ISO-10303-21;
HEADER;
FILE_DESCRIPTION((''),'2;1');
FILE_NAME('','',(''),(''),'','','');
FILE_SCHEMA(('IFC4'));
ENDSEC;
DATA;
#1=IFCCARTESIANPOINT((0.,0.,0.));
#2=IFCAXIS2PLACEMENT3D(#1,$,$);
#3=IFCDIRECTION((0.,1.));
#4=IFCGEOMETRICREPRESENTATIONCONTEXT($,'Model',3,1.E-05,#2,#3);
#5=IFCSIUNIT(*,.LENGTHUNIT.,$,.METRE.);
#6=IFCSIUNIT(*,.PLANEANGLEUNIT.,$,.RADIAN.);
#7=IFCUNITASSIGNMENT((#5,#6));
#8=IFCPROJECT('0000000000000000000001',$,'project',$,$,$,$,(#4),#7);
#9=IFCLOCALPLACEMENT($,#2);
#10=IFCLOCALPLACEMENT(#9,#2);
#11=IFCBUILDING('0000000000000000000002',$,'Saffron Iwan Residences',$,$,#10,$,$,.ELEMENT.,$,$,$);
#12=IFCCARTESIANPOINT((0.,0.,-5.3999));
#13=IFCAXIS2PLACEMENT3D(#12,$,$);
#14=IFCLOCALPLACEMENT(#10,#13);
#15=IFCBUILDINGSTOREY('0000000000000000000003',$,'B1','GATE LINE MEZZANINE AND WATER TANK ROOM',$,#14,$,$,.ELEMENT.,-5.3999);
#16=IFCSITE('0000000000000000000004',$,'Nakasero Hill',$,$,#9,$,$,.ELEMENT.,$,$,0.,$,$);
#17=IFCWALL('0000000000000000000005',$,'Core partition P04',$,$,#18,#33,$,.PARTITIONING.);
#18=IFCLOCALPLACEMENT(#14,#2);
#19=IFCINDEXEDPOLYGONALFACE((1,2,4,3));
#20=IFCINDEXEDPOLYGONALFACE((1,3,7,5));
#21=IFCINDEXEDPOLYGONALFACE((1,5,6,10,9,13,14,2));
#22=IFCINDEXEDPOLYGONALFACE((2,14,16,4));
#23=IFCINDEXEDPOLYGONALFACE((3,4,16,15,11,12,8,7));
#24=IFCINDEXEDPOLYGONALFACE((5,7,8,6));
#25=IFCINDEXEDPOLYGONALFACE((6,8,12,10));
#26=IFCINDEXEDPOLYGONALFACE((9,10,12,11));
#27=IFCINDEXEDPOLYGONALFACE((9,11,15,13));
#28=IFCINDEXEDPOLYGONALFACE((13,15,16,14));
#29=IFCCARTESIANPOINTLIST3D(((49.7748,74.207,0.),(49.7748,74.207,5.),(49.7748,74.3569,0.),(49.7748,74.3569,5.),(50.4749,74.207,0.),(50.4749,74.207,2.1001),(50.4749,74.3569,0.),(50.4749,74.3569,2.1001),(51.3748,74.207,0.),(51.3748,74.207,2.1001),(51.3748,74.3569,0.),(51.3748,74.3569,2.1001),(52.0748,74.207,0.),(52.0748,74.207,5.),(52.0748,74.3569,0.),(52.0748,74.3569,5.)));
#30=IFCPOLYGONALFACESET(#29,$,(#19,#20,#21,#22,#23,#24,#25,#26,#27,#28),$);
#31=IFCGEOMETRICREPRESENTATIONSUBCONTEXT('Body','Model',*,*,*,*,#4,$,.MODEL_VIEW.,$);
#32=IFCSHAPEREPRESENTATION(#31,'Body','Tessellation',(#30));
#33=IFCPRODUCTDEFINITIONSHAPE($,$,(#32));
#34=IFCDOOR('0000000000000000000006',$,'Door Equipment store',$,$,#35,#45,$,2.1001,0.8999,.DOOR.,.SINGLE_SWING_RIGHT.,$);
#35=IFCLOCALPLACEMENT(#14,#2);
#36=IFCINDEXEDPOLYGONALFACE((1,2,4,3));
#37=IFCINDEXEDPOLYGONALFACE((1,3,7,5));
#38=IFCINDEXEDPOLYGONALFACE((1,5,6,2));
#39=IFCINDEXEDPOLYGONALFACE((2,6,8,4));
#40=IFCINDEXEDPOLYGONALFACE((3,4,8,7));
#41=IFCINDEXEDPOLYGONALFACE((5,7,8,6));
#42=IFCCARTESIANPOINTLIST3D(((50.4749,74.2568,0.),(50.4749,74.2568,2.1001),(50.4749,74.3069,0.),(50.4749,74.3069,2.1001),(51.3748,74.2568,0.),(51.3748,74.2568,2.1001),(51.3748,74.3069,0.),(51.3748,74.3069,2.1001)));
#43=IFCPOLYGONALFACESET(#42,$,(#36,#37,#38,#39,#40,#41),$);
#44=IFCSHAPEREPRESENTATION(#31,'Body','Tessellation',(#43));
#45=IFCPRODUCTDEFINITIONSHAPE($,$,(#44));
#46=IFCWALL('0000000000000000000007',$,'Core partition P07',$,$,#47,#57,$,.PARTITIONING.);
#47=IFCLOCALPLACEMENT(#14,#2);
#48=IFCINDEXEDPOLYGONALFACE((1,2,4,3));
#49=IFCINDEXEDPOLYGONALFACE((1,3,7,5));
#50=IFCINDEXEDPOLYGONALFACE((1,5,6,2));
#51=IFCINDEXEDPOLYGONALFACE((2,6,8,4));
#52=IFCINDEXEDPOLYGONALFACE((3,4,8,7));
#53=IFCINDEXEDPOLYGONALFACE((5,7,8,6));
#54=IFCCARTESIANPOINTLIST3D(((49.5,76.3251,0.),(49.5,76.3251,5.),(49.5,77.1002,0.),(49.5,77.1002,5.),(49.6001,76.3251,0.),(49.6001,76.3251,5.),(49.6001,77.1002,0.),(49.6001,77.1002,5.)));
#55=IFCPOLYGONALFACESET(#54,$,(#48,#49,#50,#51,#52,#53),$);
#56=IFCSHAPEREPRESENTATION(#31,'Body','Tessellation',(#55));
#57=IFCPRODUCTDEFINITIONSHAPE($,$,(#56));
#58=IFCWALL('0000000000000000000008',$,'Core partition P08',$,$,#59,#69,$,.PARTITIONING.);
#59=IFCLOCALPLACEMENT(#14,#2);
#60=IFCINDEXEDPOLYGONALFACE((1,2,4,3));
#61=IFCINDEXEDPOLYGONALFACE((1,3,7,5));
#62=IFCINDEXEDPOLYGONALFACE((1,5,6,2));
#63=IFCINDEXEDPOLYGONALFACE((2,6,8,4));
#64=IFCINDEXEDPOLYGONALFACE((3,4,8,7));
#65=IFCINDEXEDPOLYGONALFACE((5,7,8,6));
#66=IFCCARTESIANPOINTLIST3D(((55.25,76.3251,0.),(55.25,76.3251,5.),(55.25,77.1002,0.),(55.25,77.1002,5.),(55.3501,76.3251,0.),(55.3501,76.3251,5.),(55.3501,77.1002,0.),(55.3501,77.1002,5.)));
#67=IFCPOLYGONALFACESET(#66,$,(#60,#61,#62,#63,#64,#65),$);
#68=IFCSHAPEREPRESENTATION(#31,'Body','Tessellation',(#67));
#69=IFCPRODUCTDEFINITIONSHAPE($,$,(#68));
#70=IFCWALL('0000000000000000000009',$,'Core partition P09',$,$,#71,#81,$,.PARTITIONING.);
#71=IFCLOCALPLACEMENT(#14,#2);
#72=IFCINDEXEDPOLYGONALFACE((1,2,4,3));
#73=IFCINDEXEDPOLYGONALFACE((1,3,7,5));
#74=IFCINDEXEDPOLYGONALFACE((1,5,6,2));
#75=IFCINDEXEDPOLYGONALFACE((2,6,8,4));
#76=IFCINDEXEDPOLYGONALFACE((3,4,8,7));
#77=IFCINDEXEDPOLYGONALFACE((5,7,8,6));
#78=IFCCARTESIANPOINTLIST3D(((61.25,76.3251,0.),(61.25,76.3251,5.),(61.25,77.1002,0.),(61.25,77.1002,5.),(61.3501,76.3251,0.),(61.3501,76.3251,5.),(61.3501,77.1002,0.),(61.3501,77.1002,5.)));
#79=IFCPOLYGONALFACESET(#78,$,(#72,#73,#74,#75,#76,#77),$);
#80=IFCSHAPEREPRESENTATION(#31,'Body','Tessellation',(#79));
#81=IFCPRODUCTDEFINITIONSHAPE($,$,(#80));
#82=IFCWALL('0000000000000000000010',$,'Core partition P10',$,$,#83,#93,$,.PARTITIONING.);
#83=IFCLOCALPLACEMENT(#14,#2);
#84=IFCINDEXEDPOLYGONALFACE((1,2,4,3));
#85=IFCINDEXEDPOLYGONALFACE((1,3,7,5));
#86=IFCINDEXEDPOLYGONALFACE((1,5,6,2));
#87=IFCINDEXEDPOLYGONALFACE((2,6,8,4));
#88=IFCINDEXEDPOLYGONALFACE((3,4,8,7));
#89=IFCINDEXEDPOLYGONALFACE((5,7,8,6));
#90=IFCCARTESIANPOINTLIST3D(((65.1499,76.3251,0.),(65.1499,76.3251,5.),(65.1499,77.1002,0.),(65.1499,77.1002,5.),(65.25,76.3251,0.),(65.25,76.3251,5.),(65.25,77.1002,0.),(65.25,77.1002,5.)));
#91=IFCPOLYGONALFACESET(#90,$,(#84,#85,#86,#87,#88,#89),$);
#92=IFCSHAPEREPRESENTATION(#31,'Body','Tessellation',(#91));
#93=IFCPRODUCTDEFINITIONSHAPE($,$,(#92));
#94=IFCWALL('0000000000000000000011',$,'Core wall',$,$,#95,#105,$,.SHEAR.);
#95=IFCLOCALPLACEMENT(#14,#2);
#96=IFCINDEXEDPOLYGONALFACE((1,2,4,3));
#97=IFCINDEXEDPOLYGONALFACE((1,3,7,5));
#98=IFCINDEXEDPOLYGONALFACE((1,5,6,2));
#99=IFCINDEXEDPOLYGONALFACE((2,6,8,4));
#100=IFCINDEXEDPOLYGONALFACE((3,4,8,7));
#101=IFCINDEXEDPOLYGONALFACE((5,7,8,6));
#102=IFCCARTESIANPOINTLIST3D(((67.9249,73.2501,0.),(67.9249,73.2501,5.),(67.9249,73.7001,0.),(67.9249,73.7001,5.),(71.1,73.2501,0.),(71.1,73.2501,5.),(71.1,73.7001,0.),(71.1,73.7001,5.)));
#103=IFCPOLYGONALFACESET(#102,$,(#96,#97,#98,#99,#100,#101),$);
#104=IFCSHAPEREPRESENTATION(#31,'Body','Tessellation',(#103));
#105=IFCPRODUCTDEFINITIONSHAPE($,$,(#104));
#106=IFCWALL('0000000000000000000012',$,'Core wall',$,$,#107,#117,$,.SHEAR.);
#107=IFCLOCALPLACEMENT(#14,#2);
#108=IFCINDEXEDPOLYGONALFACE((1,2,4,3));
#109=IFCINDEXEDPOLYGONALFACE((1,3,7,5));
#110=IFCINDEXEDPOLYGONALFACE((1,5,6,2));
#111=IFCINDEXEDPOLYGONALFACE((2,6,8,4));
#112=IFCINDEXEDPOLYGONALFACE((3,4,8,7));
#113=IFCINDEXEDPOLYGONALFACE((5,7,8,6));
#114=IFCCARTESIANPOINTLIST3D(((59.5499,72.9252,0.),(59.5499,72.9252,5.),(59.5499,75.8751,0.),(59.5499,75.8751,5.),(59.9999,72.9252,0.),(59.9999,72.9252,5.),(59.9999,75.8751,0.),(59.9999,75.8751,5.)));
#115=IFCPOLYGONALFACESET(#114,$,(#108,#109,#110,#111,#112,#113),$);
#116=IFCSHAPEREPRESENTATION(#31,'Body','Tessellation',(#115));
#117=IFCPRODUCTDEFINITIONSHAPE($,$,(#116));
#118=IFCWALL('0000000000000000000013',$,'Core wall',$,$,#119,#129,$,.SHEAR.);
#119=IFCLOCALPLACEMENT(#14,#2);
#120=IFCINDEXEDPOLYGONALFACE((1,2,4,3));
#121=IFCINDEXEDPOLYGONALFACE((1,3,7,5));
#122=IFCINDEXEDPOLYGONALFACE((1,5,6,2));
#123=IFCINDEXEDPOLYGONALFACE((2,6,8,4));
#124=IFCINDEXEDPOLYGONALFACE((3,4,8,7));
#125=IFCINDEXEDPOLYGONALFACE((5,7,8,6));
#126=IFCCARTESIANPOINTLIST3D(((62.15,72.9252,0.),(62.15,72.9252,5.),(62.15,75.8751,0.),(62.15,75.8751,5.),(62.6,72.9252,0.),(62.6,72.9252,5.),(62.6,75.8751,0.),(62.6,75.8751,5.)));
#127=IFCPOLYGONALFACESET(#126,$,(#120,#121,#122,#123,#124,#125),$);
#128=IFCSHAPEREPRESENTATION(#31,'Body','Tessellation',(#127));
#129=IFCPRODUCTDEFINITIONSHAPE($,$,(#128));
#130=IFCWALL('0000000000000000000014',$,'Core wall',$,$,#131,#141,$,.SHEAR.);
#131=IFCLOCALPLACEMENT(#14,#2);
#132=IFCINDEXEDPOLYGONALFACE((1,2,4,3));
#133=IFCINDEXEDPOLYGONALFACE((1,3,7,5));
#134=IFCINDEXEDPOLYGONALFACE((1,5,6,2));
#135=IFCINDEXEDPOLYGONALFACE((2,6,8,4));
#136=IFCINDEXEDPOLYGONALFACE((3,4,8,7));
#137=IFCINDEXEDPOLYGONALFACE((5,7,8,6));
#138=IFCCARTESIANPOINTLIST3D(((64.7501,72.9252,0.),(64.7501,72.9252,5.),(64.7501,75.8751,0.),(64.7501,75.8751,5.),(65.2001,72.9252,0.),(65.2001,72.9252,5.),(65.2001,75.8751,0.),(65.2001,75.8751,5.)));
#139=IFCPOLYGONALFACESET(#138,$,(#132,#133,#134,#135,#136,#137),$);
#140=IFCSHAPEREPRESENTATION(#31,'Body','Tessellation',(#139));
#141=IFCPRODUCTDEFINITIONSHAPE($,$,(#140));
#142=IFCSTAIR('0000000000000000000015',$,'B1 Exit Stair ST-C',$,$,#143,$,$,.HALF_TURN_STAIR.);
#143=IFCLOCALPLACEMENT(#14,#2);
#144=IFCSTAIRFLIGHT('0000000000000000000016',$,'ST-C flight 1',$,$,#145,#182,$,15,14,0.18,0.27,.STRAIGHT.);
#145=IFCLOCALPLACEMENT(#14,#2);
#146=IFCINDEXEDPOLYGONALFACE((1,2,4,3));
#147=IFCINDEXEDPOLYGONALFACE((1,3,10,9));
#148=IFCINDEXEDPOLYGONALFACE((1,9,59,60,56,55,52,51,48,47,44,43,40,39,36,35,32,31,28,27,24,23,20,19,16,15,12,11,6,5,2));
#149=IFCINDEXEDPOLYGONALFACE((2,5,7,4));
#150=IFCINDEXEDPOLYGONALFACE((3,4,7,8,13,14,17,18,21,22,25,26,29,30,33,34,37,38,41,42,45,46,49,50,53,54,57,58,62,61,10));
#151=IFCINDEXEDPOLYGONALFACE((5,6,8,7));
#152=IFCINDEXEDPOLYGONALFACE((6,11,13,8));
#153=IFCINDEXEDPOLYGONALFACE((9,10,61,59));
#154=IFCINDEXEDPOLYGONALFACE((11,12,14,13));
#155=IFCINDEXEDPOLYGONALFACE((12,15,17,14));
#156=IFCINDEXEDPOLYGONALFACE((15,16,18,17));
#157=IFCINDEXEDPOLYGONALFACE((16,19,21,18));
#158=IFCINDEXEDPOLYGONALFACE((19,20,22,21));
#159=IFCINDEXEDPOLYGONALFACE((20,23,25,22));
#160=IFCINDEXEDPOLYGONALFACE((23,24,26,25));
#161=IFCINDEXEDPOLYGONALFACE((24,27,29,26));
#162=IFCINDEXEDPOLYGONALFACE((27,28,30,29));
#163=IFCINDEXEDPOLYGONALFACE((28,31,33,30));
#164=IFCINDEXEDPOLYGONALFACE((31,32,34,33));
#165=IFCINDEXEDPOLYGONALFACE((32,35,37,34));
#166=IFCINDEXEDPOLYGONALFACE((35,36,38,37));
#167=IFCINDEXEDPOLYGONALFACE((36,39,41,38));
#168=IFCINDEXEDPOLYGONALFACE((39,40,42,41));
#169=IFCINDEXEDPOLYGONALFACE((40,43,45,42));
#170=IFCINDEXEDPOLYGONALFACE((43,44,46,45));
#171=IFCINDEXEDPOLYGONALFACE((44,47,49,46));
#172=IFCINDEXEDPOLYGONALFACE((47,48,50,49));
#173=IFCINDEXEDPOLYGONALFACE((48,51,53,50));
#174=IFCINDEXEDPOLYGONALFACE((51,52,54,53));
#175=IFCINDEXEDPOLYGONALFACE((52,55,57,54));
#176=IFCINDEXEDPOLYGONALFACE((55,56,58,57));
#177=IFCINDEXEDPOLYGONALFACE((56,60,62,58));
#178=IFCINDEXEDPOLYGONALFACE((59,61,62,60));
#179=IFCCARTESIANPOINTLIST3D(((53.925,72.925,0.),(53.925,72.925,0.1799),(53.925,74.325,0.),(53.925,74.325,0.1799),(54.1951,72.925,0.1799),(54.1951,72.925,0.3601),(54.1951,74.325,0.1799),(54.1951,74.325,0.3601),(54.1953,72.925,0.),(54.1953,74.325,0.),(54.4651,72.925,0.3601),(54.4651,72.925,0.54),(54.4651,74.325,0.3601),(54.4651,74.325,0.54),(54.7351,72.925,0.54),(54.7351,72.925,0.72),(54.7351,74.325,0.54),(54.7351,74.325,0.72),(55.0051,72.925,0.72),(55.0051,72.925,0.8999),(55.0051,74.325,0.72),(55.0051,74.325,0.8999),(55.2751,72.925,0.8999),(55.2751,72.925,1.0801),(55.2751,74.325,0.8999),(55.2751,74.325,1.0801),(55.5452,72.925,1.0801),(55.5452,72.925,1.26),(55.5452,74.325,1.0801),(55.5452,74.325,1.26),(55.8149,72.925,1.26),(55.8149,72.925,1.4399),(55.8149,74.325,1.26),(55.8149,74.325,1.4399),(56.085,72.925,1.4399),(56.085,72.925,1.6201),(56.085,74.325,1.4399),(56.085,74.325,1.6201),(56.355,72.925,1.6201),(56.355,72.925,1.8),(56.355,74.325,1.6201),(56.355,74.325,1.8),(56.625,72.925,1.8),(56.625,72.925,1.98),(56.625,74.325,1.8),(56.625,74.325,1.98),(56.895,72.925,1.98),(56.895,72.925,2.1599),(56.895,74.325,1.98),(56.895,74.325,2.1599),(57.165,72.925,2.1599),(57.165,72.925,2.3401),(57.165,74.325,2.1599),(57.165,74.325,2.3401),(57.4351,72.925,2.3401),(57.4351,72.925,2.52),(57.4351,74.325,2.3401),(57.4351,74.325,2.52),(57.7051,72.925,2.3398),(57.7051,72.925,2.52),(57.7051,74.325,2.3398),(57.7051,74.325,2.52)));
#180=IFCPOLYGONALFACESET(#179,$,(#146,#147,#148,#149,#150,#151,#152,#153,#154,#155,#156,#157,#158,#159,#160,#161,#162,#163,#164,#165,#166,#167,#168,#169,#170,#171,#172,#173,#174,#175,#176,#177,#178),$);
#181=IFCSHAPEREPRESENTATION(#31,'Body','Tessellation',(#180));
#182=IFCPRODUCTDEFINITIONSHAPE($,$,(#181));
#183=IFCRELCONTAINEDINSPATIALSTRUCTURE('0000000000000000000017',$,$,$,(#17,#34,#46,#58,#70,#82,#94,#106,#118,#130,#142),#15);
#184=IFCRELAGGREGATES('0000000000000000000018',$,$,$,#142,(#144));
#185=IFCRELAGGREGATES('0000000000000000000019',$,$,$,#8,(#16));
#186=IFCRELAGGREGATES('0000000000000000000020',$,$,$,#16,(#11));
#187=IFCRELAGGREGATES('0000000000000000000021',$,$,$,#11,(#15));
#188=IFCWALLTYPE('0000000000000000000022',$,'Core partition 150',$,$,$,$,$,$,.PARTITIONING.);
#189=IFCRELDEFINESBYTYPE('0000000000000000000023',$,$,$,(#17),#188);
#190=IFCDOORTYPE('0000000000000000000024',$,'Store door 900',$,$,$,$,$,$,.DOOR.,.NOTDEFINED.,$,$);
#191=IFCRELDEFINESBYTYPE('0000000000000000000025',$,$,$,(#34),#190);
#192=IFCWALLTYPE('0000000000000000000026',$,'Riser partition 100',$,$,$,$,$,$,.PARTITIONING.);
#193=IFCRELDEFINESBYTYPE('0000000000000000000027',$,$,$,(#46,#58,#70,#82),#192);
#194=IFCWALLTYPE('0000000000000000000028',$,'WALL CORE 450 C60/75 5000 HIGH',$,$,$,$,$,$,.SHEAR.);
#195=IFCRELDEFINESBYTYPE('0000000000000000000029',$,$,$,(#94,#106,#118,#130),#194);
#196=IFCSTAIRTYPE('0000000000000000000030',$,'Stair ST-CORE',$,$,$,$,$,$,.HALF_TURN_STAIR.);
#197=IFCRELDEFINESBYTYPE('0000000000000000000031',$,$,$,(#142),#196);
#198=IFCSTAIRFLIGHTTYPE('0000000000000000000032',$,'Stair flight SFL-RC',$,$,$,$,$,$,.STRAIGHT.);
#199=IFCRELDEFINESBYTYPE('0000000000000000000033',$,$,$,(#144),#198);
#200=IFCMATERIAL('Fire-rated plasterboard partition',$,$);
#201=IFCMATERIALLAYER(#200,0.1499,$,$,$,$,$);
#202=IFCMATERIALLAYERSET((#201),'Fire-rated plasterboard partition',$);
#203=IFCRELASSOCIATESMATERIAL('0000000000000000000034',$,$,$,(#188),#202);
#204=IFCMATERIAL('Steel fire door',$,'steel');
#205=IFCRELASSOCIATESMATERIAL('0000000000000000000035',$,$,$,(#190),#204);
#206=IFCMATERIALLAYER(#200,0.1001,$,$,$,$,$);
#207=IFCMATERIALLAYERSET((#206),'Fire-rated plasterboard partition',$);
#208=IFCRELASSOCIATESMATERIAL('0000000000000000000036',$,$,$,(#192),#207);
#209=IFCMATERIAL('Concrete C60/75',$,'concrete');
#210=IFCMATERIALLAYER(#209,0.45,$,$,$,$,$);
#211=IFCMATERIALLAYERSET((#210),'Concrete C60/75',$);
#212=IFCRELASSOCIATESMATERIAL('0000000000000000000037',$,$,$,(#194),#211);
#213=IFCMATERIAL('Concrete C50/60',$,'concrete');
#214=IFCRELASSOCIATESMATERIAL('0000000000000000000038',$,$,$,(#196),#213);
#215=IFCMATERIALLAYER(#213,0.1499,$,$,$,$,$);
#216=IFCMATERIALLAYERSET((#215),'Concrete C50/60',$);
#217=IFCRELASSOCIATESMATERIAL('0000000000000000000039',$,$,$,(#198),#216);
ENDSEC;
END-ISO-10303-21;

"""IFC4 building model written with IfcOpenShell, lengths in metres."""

from ifc_helpers import new_model, si_unit, direction, frame, frame_2d, origin, place, context, subcontext, project, spatial, polyline, rectangle, outline, extrude, material, layer, layer_set, type_object, element, fill, aggregate, save


model = new_model("IFC4")

# Units and contexts
model_context = context("Model", 3, precision=1e-05, world=origin(), true_north=direction((0.0, 1.0)))
body_context = subcontext(model_context, "Body", "Model", "MODEL_VIEW")
ifc_project = project(units=[si_unit("LENGTHUNIT", "METRE"), si_unit("PLANEANGLEUNIT", "RADIAN")], contexts=[model_context])

# Site, building, storey
site_placement = place(None, origin())
site = spatial("IfcSite", under=ifc_project, at=site_placement, Name="Nakasero Hill", CompositionType="ELEMENT", RefElevation=0.0)
building_placement = place(site_placement, origin())
building = spatial("IfcBuilding", under=site, at=building_placement, Name="Saffron Iwan Residences", CompositionType="ELEMENT")
storey_placement = place(building_placement, frame((0.0, 0.0, -5.3999)))
storey = spatial("IfcBuildingStorey", under=building, at=storey_placement, Name="B1", Description="GATE LINE MEZZANINE AND WATER TANK ROOM", CompositionType="ELEMENT", Elevation=-5.3999)

# Shared definitions
ifc_material_1 = material(Name="Concrete C50/60", Category="concrete")

# Wall, opening, door
ifc_material_2 = material(Name="Fire-rated plasterboard partition")
ifc_layer_1 = layer(ifc_material_2, 0.1499)
ifc_layer_set_1 = layer_set([ifc_layer_1], Name="Fire-rated plasterboard partition")
wall_type_1 = type_object("IfcWallType", Name="Core partition 150", PredefinedType="PARTITIONING", material=ifc_layer_set_1)
wall_1_placement = place(storey_placement, frame((49.7749, 74.282, 0.0), z_axis=(0.0, 0.0, 1.0), x_axis=(1.0, 0.0, 0.0)))
wall_1 = element("IfcWall", 1, at=wall_1_placement, inside=storey, type_object=wall_type_1, Name="Core partition P04", PredefinedType="PARTITIONING", context=body_context, shape_type="SweptSolid", body=[
    extrude(rectangle(XDim=2.3, YDim=0.1499, at=frame_2d((1.1499, 0.0))), origin(), (0.0, 0.0, 1.0), 5.0),
])
opening_placement = place(wall_1_placement, frame((0.7, 0.0, 0.0)))
opening = element("IfcOpeningElement", 2, at=opening_placement, cuts=wall_1, PredefinedType="OPENING", context=body_context, shape_type="SweptSolid", body=[
    extrude(rectangle(XDim=0.8999, YDim=2.1001, at=frame_2d((0.45, 1.05))), frame((0.0, 0.085, 0.0), z_axis=(0.0, -1.0, 0.0), x_axis=(1.0, 0.0, 0.0)), (0.0, 0.0, 1.0), 0.1699),
])
ifc_material_3 = material(Name="Steel fire door", Category="steel")
door_type = type_object("IfcDoorType", Name="Store door 900", OperationType="NOTDEFINED", PredefinedType="DOOR", material=ifc_material_3)
door_placement = place(opening_placement, origin())
door = element("IfcDoor", 3, at=door_placement, inside=storey, type_object=door_type, Name="Door Equipment store", OperationType="SINGLE_SWING_RIGHT", OverallHeight=2.1001, OverallWidth=0.8999, PredefinedType="DOOR", context=body_context, shape_type="SweptSolid", body=[
    extrude(rectangle(XDim=0.8999, YDim=2.1001, at=frame_2d((0.45, 1.05))), frame((0.0, 0.0249, 0.0), z_axis=(0.0, -1.0, 0.0), x_axis=(1.0, 0.0, 0.0)), (0.0, 0.0, 1.0), 0.05),
])
fill(opening, door)

# Walls
ifc_layer_2 = layer(ifc_material_2, 0.1001)
ifc_layer_set_2 = layer_set([ifc_layer_2], Name="Fire-rated plasterboard partition")
wall_type_2 = type_object("IfcWallType", Name="Riser partition 100", PredefinedType="PARTITIONING", material=ifc_layer_set_2)
for number, where, z_axis, x_axis, name in (
    (4, (49.55, 76.325, 0.0), (0.0, 0.0, 1.0), (0.0, 1.0, 0.0), "Core partition P07"),
    (5, (55.3, 76.325, 0.0), (0.0, 0.0, 1.0), (0.0, 1.0, 0.0), "Core partition P08"),
    (6, (61.3, 76.325, 0.0), (0.0, 0.0, 1.0), (0.0, 1.0, 0.0), "Core partition P09"),
    (7, (65.2, 76.325, 0.0), (0.0, 0.0, 1.0), (0.0, 1.0, 0.0), "Core partition P10"),
):
    element("IfcWall", number, at=place(storey_placement, frame(where, z_axis=z_axis, x_axis=x_axis)), inside=storey, type_object=wall_type_2, Name=name, PredefinedType="PARTITIONING", context=body_context, shape_type="SweptSolid", body=[
        extrude(rectangle(XDim=0.7751, YDim=0.1001, at=frame_2d((0.3877, 0.0))), origin(), (0.0, 0.0, 1.0), 5.0),
    ])
ifc_material_4 = material(Name="Concrete C60/75", Category="concrete")
ifc_layer_3 = layer(ifc_material_4, 0.45)
ifc_layer_set_3 = layer_set([ifc_layer_3], Name="Concrete C60/75")
wall_type_3 = type_object("IfcWallType", Name="WALL CORE 450 C60/75 5000 HIGH", PredefinedType="SHEAR", material=ifc_layer_set_3)
wall_2_placement = place(storey_placement, frame((67.925, 73.4751, 0.0), z_axis=(0.0, 0.0, 1.0), x_axis=(1.0, 0.0, 0.0)))
element("IfcWall", 8, at=wall_2_placement, inside=storey, type_object=wall_type_3, Name="Core wall", PredefinedType="SHEAR", context=body_context, shape_type="SweptSolid", body=[
    extrude(rectangle(XDim=3.175, YDim=0.45, at=frame_2d((1.5874, 0.0))), origin(), (0.0, 0.0, 1.0), 5.0),
])
for number, where, z_axis, x_axis, name in (
    (9, (59.7749, 72.925, 0.0), (0.0, 0.0, 1.0), (0.0, 1.0, 0.0), "Core wall"),
    (10, (62.375, 72.925, 0.0), (0.0, 0.0, 1.0), (0.0, 1.0, 0.0), "Core wall"),
    (11, (64.9751, 72.925, 0.0), (0.0, 0.0, 1.0), (0.0, 1.0, 0.0), "Core wall"),
):
    element("IfcWall", number, at=place(storey_placement, frame(where, z_axis=z_axis, x_axis=x_axis)), inside=storey, type_object=wall_type_3, Name=name, PredefinedType="SHEAR", context=body_context, shape_type="SweptSolid", body=[
        extrude(rectangle(XDim=2.95, YDim=0.45, at=frame_2d((1.4751, 0.0))), origin(), (0.0, 0.0, 1.0), 5.0),
    ])

# Stair, stair flight
stair_type = type_object("IfcStairType", Name="Stair ST-CORE", PredefinedType="HALF_TURN_STAIR", material=ifc_material_1)
stair_placement = place(storey_placement, origin())
stair = element("IfcStair", 12, at=stair_placement, inside=storey, type_object=stair_type, Name="B1 Exit Stair ST-C", PredefinedType="HALF_TURN_STAIR")
ifc_layer_4 = layer(ifc_material_1, 0.1499)
ifc_layer_set_4 = layer_set([ifc_layer_4], Name="Concrete C50/60")
stair_flight_type = type_object("IfcStairFlightType", Name="Stair flight SFL-RC", PredefinedType="STRAIGHT", material=ifc_layer_set_4)
stair_flight_1_placement = place(storey_placement, frame((53.925, 73.625, 0.0), z_axis=(0.0, 0.0, 1.0), x_axis=(1.0, 0.0, 0.0)))
stair_flight_1 = element("IfcStairFlight", 13, at=stair_flight_1_placement, type_object=stair_flight_type, Name="ST-C flight 1", NumberOfRisers=15, NumberOfTreads=14, PredefinedType="STRAIGHT", RiserHeight=0.18, TreadLength=0.27, context=body_context, shape_type="SweptSolid", body=[
    extrude(outline(polyline([(0.0, 0.0), (0.0, 0.1799), (0.27, 0.1799), (0.27, 0.3601), (0.54, 0.3601), (0.54, 0.54), (0.8101, 0.54), (0.8101, 0.72), (1.0801, 0.72), (1.0801, 0.8999), (1.3501, 0.8999), (1.3501, 1.0801), (1.6201, 1.0801), (1.6201, 1.26), (1.8899, 1.26), (1.8899, 1.4399), (2.1599, 1.4399), (2.1599, 1.6201), (2.4299, 1.6201), (2.4299, 1.8), (2.7, 1.8), (2.7, 1.98), (2.97, 1.98), (2.97, 2.1599), (3.24, 2.1599), (3.24, 2.3401), (3.51, 2.3401), (3.51, 2.52), (3.78, 2.52), (3.78, 2.7), (3.78, 2.3398), (0.2703, 0.0), (0.0, 0.0)])), frame((0.0, 0.7, 0.0), z_axis=(0.0, -1.0, 0.0), x_axis=(1.0, 0.0, 0.0)), (0.0, 0.0, 1.0), 1.3999),
])
aggregate(stair, [stair_flight_1])

save(model, "model.ifc")
